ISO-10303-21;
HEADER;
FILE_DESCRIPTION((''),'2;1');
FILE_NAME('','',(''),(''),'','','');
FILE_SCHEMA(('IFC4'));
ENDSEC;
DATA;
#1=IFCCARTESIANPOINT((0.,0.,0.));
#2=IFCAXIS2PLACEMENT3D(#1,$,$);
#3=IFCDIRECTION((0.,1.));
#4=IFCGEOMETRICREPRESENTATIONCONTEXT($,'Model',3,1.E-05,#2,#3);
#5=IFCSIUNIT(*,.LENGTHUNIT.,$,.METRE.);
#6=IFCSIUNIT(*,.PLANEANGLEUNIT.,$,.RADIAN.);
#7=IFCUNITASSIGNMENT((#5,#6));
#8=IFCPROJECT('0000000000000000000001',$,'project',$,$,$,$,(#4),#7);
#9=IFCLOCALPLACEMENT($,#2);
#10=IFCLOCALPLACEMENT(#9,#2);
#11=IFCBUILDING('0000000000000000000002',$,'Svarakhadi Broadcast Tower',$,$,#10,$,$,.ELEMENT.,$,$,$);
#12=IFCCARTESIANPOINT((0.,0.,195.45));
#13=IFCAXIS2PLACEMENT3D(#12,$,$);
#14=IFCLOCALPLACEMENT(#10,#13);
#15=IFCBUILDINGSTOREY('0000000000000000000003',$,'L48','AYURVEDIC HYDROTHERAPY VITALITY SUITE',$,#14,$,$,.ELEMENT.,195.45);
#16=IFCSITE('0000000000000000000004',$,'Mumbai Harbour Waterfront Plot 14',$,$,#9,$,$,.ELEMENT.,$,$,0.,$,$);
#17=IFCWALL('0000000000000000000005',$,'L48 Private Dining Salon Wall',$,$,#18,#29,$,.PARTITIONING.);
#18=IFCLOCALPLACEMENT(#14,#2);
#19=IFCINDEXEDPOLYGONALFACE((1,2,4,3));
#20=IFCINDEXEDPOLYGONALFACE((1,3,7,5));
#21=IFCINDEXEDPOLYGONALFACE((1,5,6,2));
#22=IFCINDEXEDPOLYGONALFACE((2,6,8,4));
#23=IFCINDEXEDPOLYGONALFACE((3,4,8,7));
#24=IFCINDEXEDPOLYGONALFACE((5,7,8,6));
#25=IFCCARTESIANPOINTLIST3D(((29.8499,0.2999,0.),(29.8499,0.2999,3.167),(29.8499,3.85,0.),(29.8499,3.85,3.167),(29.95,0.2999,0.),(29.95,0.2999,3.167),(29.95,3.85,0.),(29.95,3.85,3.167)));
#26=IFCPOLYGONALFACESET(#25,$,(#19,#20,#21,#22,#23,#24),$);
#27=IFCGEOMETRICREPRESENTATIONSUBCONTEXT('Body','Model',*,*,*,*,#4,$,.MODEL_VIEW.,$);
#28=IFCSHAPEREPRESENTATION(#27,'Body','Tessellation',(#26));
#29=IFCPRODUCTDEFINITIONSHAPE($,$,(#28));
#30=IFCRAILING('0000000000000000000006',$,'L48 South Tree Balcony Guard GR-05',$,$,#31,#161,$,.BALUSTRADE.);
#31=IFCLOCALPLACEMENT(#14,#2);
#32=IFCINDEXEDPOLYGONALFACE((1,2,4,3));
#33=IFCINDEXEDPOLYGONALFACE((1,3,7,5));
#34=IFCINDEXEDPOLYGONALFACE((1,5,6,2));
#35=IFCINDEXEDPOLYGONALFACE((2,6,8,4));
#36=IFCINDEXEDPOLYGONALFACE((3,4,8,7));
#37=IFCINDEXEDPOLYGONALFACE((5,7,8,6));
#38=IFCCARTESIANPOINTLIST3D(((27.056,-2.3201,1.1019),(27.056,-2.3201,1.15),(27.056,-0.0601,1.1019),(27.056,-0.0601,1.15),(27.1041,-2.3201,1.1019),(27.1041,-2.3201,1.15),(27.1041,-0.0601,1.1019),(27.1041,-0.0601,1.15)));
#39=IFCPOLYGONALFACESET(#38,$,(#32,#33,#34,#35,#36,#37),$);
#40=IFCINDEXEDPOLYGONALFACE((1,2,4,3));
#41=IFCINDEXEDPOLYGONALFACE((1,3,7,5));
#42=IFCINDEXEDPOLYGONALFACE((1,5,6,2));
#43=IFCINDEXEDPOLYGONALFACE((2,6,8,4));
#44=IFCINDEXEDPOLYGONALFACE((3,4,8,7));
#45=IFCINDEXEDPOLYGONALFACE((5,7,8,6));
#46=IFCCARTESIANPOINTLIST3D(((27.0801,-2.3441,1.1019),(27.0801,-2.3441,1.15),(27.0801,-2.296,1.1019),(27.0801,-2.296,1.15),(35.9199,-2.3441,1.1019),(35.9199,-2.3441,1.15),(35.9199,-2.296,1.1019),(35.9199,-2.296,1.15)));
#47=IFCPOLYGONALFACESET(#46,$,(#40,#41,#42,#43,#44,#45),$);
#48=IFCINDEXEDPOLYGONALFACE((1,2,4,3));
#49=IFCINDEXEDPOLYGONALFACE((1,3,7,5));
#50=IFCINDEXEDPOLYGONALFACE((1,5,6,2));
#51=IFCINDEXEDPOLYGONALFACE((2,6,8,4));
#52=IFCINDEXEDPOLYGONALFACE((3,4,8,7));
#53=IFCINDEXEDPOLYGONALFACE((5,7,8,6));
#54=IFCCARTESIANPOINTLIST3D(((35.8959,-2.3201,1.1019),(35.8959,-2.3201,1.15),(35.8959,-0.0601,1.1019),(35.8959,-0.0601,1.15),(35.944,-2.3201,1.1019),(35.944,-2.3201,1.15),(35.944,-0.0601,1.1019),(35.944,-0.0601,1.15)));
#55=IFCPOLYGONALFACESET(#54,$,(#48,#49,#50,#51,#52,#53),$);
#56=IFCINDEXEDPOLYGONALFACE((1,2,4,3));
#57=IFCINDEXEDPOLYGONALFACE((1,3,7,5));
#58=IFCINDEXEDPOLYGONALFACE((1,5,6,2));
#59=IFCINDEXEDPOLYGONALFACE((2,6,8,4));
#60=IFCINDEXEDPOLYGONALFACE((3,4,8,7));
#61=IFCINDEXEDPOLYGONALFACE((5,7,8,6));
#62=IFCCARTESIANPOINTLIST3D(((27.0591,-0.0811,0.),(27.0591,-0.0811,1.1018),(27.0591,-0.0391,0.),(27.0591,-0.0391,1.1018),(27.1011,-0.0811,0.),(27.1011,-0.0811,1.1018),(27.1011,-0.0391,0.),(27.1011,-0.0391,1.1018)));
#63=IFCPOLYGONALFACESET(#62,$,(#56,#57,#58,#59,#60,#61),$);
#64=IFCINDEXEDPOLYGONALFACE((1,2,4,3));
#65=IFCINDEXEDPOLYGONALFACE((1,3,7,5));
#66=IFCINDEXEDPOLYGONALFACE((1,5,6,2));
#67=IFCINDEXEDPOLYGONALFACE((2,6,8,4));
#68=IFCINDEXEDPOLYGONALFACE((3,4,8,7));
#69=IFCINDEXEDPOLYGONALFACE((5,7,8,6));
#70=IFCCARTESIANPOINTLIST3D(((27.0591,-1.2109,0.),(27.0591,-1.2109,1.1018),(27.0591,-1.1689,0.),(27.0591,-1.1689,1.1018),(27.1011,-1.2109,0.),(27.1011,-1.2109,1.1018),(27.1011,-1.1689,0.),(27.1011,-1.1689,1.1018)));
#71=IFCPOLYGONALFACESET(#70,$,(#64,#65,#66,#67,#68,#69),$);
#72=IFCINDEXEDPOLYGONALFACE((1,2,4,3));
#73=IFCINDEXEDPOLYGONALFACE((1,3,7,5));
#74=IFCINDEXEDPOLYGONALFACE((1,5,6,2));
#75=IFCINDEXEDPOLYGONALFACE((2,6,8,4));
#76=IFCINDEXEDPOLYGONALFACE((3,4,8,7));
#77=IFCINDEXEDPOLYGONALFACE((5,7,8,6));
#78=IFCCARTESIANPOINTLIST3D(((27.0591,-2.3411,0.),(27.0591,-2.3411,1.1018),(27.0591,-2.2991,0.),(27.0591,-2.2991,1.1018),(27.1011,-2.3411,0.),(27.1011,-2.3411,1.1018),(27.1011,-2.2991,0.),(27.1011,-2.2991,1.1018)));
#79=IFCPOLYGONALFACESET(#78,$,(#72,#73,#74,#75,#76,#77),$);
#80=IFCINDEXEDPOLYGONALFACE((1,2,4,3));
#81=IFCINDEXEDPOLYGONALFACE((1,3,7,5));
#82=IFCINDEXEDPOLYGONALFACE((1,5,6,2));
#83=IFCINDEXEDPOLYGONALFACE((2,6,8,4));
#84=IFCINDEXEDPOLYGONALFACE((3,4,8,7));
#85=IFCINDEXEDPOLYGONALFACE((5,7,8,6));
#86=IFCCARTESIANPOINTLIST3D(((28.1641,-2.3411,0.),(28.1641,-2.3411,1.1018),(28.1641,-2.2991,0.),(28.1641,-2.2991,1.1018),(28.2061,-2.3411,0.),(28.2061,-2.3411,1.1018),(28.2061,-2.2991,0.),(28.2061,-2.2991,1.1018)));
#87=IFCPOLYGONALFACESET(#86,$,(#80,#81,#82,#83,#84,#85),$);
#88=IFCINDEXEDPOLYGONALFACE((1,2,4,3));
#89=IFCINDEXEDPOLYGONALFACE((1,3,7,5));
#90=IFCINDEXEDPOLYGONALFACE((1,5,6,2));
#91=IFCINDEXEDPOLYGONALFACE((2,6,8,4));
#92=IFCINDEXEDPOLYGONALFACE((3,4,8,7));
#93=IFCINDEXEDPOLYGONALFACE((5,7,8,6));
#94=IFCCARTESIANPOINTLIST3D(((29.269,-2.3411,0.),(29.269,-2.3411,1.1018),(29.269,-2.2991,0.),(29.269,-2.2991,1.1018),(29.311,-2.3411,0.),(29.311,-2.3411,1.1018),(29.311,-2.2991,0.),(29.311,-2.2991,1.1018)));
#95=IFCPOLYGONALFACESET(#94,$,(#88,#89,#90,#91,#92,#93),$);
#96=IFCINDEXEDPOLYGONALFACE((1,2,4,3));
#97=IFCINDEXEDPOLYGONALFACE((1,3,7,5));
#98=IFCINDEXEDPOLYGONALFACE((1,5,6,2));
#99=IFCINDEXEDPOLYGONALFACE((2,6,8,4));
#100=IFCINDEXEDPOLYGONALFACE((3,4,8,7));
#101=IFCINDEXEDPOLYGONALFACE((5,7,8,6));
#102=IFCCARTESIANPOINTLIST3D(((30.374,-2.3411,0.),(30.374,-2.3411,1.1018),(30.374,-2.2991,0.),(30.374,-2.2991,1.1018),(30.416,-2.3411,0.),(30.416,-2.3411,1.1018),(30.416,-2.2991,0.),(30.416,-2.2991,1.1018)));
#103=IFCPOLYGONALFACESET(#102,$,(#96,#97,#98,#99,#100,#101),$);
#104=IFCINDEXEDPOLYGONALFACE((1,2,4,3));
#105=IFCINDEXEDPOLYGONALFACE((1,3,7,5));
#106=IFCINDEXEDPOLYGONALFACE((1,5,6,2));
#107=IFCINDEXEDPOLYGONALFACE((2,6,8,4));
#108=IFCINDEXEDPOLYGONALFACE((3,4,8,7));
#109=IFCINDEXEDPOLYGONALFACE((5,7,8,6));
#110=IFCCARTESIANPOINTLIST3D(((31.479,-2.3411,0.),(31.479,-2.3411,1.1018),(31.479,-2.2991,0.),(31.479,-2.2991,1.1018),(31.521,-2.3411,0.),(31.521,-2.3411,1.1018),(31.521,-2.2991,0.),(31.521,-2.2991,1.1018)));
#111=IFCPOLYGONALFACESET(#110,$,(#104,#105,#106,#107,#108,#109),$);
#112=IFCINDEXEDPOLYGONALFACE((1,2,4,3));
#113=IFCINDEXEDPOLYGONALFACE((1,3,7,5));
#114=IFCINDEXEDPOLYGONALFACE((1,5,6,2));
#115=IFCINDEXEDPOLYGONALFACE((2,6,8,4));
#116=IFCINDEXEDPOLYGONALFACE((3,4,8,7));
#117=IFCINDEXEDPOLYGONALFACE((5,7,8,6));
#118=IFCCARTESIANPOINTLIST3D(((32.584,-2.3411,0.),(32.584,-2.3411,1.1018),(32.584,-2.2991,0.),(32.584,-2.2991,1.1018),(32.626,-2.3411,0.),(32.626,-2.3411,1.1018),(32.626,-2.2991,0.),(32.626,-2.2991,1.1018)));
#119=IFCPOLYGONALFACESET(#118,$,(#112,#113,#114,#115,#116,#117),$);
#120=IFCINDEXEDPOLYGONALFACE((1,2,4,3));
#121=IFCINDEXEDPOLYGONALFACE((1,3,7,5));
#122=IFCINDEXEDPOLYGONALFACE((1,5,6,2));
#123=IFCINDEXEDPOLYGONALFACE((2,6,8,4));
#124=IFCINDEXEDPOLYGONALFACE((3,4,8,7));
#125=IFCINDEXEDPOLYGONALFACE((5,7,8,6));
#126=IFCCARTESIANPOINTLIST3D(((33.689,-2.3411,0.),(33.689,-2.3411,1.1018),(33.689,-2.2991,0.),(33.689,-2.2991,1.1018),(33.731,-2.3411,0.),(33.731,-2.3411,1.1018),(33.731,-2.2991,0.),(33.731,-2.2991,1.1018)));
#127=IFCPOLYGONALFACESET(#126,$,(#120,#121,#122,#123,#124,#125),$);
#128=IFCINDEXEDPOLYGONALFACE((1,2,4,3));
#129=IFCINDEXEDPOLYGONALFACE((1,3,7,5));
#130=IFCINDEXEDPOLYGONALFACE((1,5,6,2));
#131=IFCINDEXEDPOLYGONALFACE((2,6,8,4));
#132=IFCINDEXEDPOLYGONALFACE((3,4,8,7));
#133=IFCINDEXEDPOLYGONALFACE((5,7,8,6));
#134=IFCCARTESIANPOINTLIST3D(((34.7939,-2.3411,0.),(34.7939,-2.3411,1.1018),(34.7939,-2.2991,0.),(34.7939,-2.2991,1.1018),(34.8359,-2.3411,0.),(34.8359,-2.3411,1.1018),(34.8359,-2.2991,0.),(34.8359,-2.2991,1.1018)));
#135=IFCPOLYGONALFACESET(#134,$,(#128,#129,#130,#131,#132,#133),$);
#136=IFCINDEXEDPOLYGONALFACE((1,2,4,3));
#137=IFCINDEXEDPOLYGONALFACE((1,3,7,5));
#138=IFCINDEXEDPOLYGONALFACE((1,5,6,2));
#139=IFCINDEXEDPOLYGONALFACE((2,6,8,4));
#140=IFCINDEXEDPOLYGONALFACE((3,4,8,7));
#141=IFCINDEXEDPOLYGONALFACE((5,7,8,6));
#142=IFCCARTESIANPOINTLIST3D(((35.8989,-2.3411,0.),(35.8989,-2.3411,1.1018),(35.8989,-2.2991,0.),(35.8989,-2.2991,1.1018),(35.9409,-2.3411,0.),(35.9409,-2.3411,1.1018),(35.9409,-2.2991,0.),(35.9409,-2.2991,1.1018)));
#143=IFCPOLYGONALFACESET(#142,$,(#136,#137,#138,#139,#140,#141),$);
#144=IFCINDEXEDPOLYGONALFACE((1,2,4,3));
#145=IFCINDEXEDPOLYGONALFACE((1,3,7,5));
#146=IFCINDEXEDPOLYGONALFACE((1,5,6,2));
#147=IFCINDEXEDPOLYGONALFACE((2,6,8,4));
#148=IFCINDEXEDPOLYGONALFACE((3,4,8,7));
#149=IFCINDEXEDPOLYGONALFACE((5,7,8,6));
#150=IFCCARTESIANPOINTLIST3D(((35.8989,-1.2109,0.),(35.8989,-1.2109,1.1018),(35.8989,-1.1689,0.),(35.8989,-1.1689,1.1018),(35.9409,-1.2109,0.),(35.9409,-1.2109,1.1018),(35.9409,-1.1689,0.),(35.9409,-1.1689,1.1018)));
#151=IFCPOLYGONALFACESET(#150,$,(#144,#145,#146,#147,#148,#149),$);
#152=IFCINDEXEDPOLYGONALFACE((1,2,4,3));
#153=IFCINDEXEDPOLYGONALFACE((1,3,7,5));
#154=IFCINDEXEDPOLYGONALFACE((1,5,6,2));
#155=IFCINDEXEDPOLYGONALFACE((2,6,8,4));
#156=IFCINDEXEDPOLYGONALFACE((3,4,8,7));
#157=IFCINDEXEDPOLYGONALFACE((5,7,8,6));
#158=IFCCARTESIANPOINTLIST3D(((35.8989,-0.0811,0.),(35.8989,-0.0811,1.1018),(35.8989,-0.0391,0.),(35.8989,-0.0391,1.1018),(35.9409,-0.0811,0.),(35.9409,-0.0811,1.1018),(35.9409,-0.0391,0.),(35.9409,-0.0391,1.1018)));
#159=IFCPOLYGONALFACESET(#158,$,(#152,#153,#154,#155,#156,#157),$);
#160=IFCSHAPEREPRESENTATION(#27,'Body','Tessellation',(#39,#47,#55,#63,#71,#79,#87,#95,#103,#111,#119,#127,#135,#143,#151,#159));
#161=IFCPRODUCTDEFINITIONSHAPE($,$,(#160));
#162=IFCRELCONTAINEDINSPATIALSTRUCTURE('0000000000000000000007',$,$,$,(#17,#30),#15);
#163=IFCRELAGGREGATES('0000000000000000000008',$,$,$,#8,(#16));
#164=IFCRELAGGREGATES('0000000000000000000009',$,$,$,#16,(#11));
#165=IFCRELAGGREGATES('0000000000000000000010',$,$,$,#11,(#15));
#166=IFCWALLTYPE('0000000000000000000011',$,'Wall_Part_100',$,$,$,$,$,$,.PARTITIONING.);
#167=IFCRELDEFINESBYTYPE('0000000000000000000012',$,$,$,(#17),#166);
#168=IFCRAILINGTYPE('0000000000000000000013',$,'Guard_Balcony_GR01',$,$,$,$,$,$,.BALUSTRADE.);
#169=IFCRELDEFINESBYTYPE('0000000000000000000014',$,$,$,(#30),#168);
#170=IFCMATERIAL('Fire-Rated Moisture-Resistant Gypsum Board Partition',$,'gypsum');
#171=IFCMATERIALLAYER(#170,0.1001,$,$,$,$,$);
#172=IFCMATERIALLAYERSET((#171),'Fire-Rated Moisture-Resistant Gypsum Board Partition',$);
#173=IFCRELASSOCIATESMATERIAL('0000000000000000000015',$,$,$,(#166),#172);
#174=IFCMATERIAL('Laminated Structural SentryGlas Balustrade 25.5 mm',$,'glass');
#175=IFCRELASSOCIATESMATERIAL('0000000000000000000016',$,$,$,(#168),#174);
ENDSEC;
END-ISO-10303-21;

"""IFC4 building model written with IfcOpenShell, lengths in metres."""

from ifc_helpers import new_model, si_unit, direction, frame, frame_2d, origin, origin_2d, place, context, subcontext, project, spatial, rectangle, extrude, material, layer, layer_set, type_object, element, save


model = new_model("IFC4")

# Units and contexts
model_context = context("Model", 3, precision=1e-05, world=origin(), true_north=direction((0.0, 1.0)))
body_context = subcontext(model_context, "Body", "Model", "MODEL_VIEW")
ifc_project = project(units=[si_unit("LENGTHUNIT", "METRE"), si_unit("PLANEANGLEUNIT", "RADIAN")], contexts=[model_context])

# Site, building, storey
site_placement = place(None, origin())
site = spatial("IfcSite", under=ifc_project, at=site_placement, Name="Mumbai Harbour Waterfront Plot 14", CompositionType="ELEMENT", RefElevation=0.0)
building_placement = place(site_placement, origin())
building = spatial("IfcBuilding", under=site, at=building_placement, Name="Svarakhadi Broadcast Tower", CompositionType="ELEMENT")
storey_placement = place(building_placement, frame((0.0, 0.0, 195.45)))
storey = spatial("IfcBuildingStorey", under=building, at=storey_placement, Name="L48", Description="AYURVEDIC HYDROTHERAPY VITALITY SUITE", CompositionType="ELEMENT", Elevation=195.45)

# Wall
ifc_material_1 = material(Name="Fire-Rated Moisture-Resistant Gypsum Board Partition", Category="gypsum")
ifc_layer_1 = layer(ifc_material_1, 0.1001)
ifc_layer_set_1 = layer_set([ifc_layer_1], Name="Fire-Rated Moisture-Resistant Gypsum Board Partition")
wall_type_1 = type_object("IfcWallType", Name="Wall_Part_100", PredefinedType="PARTITIONING", material=ifc_layer_set_1)
wall_1_placement = place(storey_placement, frame((29.8999, 0.3, 0.0), z_axis=(0.0, 0.0, 1.0), x_axis=(0.0, 1.0, 0.0)))
element("IfcWall", 1, at=wall_1_placement, inside=storey, type_object=wall_type_1, Name="L48 Private Dining Salon Wall", PredefinedType="PARTITIONING", context=body_context, shape_type="SweptSolid", body=[
    extrude(rectangle(XDim=3.55, YDim=0.1001, at=frame_2d((1.7749, 0.0))), origin(), (0.0, 0.0, 1.0), 3.167),
])

# Railing
ifc_material_2 = material(Name="Laminated Structural SentryGlas Balustrade 25.5 mm", Category="glass")
railing_type = type_object("IfcRailingType", Name="Guard_Balcony_GR01", PredefinedType="BALUSTRADE", material=ifc_material_2)
railing_placement = place(storey_placement, frame((27.0801, -0.0601, 0.0)))
element("IfcRailing", 2, at=railing_placement, inside=storey, type_object=railing_type, Name="L48 South Tree Balcony Guard GR-05", PredefinedType="BALUSTRADE", context=body_context, shape_type="SweptSolid", body=[
    extrude(rectangle(XDim=0.0481, YDim=0.0481, at=origin_2d()), frame((0.0, 0.0, 1.126), z_axis=(0.0, -1.0, 0.0), x_axis=(1.0, 0.0, 0.0)), (0.0, 0.0, 1.0), 2.26),
    extrude(rectangle(XDim=0.0481, YDim=0.0481, at=origin_2d()), frame((0.0, -2.26, 1.126), z_axis=(1.0, 0.0, 0.0), x_axis=(0.0, 1.0, 0.0)), (0.0, 0.0, 1.0), 8.8398),
    extrude(rectangle(XDim=0.0481, YDim=0.0481, at=origin_2d()), frame((8.8398, -2.26, 1.126), z_axis=(0.0, 1.0, 0.0), x_axis=(-1.0, 0.0, 0.0)), (0.0, 0.0, 1.0), 2.26),
    extrude(rectangle(XDim=0.042, YDim=0.042, at=origin_2d()), origin(), (0.0, 0.0, 1.0), 1.1018),
    extrude(rectangle(XDim=0.042, YDim=0.042, at=origin_2d()), frame((0.0, -1.1299, 0.0)), (0.0, 0.0, 1.0), 1.1018),
    extrude(rectangle(XDim=0.042, YDim=0.042, at=origin_2d()), frame((0.0, -2.26, 0.0)), (0.0, 0.0, 1.0), 1.1018),
    extrude(rectangle(XDim=0.042, YDim=0.042, at=origin_2d()), frame((1.105, -2.26, 0.0)), (0.0, 0.0, 1.0), 1.1018),
    extrude(rectangle(XDim=0.042, YDim=0.042, at=origin_2d()), frame((2.21, -2.26, 0.0)), (0.0, 0.0, 1.0), 1.1018),
    extrude(rectangle(XDim=0.042, YDim=0.042, at=origin_2d()), frame((3.3149, -2.26, 0.0)), (0.0, 0.0, 1.0), 1.1018),
    extrude(rectangle(XDim=0.042, YDim=0.042, at=origin_2d()), frame((4.4199, -2.26, 0.0)), (0.0, 0.0, 1.0), 1.1018),
    extrude(rectangle(XDim=0.042, YDim=0.042, at=origin_2d()), frame((5.5249, -2.26, 0.0)), (0.0, 0.0, 1.0), 1.1018),
    extrude(rectangle(XDim=0.042, YDim=0.042, at=origin_2d()), frame((6.6299, -2.26, 0.0)), (0.0, 0.0, 1.0), 1.1018),
    extrude(rectangle(XDim=0.042, YDim=0.042, at=origin_2d()), frame((7.7349, -2.26, 0.0)), (0.0, 0.0, 1.0), 1.1018),
    extrude(rectangle(XDim=0.042, YDim=0.042, at=origin_2d()), frame((8.8398, -2.26, 0.0)), (0.0, 0.0, 1.0), 1.1018),
    extrude(rectangle(XDim=0.042, YDim=0.042, at=origin_2d()), frame((8.8398, -1.1299, 0.0)), (0.0, 0.0, 1.0), 1.1018),
    extrude(rectangle(XDim=0.042, YDim=0.042, at=origin_2d()), frame((8.8398, 0.0, 0.0)), (0.0, 0.0, 1.0), 1.1018),
])

save(model, "model.ifc")
